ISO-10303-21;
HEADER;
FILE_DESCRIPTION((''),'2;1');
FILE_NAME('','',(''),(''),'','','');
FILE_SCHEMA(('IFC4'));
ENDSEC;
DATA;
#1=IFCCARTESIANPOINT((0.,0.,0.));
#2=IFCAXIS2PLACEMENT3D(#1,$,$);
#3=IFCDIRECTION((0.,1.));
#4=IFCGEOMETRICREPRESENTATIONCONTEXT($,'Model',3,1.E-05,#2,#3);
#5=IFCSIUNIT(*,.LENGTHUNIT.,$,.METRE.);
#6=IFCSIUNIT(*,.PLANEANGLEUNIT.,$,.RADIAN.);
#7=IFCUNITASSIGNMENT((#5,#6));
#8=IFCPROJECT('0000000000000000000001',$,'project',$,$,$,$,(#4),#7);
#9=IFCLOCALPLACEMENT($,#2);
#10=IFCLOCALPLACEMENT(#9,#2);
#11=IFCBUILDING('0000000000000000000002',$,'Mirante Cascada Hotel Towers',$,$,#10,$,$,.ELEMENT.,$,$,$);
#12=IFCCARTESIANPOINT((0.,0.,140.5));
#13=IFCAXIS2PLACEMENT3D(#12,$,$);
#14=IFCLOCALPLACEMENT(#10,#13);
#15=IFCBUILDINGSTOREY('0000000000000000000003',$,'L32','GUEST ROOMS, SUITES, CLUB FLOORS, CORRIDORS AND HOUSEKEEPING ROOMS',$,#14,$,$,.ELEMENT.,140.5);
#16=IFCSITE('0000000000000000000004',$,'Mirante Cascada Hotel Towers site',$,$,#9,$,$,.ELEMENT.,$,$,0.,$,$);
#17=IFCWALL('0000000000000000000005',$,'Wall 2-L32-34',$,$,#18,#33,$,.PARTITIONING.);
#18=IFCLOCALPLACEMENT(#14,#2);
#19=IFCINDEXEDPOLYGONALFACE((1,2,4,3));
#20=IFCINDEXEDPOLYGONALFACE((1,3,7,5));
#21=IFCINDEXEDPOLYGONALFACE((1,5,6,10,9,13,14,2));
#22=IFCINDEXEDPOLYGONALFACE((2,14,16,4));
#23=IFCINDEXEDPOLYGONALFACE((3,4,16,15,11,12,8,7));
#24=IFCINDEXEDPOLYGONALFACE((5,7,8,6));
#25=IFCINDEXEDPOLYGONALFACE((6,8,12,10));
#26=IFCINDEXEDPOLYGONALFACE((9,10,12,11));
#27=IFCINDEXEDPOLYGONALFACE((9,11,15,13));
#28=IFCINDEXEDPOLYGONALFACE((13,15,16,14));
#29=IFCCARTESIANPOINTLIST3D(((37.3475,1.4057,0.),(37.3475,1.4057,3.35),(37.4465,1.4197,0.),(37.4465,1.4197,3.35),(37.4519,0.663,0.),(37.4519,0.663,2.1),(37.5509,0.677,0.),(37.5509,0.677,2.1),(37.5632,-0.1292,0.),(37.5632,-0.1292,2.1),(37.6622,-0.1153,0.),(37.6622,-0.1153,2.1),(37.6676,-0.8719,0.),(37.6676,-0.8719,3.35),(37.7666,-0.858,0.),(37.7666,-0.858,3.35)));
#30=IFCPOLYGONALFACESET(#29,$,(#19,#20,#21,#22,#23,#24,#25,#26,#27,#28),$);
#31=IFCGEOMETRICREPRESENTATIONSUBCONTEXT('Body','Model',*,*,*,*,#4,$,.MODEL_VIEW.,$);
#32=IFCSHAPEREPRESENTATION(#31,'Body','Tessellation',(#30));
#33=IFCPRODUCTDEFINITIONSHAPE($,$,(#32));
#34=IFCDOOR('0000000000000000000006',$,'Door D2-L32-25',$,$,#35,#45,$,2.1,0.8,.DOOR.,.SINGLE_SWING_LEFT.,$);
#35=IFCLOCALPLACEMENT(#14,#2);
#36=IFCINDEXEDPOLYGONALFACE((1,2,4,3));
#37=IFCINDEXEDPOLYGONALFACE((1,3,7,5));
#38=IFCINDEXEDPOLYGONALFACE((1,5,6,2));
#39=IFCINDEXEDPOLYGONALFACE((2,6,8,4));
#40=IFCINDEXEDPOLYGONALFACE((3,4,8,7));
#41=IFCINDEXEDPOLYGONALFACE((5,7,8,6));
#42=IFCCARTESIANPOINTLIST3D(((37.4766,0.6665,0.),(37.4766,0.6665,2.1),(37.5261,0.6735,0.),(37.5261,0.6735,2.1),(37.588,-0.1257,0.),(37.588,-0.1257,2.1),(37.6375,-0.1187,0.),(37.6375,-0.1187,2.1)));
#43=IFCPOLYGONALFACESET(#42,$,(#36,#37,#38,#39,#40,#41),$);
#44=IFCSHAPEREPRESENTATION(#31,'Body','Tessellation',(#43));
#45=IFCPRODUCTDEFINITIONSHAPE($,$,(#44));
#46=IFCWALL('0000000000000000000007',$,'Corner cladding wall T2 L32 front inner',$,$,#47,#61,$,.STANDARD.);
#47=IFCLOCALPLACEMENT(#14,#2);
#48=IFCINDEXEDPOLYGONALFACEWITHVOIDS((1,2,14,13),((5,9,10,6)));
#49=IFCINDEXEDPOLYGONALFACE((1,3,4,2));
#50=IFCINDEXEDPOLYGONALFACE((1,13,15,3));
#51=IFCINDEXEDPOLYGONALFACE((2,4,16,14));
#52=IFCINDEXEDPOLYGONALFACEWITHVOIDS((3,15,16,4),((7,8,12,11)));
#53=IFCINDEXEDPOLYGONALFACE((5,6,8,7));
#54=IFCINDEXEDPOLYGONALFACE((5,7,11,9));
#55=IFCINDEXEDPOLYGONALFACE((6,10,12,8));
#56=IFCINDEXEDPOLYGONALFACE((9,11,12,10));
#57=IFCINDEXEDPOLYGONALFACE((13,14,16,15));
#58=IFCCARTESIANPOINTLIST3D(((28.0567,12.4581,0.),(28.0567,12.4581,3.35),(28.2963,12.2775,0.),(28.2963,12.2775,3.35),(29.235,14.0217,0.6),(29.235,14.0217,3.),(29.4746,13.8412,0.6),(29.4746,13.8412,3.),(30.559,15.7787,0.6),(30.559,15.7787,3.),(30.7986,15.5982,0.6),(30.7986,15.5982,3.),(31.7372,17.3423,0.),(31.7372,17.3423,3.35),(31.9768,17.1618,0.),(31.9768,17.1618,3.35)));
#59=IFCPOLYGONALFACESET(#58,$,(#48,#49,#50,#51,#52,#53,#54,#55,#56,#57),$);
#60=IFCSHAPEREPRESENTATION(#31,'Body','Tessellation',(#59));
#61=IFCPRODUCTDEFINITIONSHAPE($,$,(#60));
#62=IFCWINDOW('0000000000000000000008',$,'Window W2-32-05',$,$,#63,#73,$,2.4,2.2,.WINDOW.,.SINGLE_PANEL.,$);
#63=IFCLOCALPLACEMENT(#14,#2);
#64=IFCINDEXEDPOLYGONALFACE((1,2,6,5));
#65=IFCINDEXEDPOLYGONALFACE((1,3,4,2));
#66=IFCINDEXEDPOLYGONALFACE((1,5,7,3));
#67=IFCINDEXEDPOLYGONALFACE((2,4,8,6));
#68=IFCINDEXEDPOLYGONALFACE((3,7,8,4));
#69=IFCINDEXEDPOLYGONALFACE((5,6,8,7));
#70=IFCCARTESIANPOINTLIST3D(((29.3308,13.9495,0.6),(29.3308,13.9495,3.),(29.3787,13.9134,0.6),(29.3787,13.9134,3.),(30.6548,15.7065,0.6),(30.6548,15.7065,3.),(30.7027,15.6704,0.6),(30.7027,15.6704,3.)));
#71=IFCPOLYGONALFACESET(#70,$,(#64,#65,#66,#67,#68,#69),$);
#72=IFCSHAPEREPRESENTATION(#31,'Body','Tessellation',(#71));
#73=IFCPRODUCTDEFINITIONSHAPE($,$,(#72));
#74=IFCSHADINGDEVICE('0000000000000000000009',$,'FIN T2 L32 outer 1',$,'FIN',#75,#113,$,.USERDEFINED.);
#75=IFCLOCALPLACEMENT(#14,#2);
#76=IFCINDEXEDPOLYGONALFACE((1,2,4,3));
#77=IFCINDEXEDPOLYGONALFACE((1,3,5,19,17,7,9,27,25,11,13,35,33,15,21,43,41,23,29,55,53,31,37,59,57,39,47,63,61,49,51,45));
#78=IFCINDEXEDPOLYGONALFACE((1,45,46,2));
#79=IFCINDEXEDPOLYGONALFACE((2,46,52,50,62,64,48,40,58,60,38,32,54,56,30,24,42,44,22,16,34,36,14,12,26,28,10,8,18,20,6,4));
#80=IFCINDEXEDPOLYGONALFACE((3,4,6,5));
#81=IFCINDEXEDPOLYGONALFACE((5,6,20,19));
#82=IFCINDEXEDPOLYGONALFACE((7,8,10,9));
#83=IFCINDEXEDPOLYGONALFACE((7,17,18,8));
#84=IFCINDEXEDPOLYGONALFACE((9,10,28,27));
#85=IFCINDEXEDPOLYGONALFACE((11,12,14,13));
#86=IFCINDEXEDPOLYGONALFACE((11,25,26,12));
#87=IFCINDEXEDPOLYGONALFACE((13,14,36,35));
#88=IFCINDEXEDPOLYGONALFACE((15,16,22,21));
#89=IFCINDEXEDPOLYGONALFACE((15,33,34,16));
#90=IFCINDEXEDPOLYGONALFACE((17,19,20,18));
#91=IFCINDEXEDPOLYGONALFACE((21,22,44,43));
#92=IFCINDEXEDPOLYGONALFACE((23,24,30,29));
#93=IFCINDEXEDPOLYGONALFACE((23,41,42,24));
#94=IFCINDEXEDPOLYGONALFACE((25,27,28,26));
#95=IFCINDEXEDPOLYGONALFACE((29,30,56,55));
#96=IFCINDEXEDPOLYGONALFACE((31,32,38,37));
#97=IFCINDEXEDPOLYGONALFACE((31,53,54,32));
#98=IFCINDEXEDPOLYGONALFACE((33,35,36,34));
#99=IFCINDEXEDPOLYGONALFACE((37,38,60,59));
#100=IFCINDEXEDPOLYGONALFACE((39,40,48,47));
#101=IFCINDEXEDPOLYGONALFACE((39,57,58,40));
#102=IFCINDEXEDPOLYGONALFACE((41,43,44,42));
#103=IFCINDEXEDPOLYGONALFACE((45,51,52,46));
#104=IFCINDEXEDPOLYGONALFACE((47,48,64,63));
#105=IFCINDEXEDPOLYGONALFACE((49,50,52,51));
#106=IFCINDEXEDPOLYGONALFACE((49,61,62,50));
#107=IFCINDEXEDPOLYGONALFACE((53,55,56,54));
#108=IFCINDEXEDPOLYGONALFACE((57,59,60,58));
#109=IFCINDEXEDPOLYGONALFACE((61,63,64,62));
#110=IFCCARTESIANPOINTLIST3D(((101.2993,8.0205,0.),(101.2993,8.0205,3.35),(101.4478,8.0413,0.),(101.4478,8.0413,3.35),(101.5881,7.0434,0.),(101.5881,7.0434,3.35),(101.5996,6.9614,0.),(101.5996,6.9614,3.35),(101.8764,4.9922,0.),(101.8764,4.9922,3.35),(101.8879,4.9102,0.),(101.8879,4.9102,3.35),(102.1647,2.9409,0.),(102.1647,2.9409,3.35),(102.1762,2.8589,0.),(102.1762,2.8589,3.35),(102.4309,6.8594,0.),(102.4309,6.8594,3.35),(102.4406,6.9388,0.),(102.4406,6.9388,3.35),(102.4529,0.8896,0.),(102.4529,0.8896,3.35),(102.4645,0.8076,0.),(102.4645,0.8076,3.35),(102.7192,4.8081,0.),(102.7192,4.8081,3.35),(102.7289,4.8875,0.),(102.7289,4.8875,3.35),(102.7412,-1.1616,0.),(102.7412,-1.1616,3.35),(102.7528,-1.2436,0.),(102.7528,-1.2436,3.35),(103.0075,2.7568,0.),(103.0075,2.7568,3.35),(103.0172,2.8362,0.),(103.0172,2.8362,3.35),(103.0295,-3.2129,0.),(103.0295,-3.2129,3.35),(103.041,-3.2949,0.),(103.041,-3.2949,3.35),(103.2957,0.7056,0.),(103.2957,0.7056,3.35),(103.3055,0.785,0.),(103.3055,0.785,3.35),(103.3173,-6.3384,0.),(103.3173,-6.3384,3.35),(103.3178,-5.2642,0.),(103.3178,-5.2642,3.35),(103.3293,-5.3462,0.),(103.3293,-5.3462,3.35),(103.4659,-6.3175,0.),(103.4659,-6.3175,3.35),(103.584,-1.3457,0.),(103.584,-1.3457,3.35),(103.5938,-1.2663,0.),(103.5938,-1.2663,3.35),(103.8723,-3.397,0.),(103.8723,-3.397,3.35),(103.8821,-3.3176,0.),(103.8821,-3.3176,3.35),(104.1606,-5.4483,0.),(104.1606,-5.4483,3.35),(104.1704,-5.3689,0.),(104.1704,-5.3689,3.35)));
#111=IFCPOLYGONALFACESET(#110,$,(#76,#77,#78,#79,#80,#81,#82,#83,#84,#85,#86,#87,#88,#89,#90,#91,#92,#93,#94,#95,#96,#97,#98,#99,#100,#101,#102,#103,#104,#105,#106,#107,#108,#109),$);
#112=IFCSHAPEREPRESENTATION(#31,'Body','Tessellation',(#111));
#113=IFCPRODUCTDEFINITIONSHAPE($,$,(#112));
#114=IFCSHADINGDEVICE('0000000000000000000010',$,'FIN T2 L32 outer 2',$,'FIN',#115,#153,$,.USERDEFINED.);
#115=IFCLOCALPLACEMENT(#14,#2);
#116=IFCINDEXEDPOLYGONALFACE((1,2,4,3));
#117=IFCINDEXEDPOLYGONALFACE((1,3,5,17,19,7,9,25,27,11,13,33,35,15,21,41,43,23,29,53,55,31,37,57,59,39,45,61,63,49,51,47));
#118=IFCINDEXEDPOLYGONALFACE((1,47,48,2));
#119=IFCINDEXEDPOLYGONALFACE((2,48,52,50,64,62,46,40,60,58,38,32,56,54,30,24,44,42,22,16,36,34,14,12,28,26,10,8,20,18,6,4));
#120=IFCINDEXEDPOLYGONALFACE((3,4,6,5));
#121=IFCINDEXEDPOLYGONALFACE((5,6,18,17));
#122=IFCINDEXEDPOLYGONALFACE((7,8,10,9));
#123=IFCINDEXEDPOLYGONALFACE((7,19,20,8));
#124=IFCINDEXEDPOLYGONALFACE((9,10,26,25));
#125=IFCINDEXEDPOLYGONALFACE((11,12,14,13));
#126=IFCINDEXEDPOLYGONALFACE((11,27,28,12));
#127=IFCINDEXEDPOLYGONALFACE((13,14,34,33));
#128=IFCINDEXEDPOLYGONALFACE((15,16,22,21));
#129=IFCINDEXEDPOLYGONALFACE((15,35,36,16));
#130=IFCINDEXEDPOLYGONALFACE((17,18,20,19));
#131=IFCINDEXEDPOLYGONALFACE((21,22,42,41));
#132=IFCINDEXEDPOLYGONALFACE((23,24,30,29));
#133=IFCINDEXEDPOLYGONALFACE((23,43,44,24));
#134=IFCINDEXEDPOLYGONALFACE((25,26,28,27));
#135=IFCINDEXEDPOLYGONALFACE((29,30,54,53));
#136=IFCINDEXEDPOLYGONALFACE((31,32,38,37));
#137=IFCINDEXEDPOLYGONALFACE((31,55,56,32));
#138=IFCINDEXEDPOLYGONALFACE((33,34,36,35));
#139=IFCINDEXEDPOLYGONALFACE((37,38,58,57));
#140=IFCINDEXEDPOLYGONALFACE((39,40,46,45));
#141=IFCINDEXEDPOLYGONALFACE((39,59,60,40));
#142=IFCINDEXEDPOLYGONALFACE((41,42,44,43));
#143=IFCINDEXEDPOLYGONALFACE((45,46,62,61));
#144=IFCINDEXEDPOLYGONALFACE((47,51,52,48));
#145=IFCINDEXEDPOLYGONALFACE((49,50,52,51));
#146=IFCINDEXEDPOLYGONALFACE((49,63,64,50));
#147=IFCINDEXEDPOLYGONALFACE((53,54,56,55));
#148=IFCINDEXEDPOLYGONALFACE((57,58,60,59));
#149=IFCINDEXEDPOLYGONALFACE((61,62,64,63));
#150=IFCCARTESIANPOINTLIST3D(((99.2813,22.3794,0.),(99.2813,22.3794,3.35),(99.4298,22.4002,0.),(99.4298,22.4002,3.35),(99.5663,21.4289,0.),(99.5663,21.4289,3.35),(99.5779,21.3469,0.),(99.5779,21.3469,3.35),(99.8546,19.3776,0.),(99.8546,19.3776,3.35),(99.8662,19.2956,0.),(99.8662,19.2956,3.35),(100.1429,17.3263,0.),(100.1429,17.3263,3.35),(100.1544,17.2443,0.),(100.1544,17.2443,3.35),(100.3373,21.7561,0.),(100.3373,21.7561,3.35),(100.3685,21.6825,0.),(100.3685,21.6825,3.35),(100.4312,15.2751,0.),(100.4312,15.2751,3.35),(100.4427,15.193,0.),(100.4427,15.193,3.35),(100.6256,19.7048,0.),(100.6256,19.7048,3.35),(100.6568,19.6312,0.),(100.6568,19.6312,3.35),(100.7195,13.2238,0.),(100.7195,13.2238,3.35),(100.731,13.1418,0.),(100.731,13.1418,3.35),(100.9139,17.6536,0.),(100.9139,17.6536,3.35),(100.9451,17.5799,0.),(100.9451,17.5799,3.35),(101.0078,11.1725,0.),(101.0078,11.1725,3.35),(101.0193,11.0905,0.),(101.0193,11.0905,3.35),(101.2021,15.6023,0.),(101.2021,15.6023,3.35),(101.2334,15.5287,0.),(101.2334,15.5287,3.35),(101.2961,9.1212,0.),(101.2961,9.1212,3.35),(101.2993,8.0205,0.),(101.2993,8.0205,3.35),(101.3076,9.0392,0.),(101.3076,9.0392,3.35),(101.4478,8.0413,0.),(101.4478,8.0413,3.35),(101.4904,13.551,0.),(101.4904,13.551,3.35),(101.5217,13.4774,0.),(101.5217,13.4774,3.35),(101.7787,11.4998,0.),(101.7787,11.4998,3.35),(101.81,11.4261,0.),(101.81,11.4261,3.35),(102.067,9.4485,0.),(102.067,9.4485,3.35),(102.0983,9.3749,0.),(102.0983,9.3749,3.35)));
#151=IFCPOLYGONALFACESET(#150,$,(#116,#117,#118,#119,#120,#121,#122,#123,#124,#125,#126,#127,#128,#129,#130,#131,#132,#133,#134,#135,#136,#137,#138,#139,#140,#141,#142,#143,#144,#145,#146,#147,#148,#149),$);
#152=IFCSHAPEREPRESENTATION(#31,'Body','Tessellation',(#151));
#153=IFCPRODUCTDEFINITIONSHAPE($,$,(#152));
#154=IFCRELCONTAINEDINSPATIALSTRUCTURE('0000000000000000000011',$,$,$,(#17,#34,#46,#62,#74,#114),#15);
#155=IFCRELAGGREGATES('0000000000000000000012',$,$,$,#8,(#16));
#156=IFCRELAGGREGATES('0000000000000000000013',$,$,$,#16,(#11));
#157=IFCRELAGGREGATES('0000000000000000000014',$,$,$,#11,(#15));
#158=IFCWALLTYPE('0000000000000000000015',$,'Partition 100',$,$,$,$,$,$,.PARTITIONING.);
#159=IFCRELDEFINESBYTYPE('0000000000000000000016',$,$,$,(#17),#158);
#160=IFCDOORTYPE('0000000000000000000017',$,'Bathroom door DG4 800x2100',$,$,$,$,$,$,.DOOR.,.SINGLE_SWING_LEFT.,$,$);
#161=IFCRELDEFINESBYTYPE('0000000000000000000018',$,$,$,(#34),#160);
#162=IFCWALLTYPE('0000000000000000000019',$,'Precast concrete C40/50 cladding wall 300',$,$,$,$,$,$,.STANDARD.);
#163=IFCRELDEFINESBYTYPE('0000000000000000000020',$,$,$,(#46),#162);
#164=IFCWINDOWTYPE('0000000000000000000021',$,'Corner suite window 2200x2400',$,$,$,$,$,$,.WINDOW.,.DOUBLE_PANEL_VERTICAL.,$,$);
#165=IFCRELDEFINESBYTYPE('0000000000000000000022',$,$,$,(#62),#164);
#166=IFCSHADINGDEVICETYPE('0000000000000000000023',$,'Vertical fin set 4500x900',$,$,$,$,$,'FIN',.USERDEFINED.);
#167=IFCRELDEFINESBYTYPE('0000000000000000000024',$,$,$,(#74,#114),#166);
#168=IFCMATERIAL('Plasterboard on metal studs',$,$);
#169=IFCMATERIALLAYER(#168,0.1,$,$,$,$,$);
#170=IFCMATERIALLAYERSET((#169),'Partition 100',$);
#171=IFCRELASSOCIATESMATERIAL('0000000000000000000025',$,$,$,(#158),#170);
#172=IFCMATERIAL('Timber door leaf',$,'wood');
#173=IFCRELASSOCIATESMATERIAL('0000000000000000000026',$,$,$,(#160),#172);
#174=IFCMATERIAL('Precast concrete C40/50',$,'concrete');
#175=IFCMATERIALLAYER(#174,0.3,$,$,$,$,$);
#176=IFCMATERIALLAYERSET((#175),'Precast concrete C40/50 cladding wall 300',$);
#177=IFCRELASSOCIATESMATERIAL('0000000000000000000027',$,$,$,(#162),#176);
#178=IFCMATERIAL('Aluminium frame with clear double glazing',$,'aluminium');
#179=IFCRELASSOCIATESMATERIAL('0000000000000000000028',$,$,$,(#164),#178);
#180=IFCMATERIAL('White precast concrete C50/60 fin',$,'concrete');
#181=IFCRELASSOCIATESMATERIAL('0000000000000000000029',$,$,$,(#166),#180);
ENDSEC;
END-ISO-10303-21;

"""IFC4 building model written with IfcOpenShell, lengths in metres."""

from ifc_helpers import new_model, si_unit, direction, frame, frame_2d, origin, place, context, subcontext, project, spatial, polyline, rectangle, outline, extrude, material, layer, layer_set, type_object, element, fill, save


model = new_model("IFC4")

# Units and contexts
model_context = context("Model", 3, precision=1e-05, world=origin(), true_north=direction((0.0, 1.0)))
body_context = subcontext(model_context, "Body", "Model", "MODEL_VIEW")
ifc_project = project(units=[si_unit("LENGTHUNIT", "METRE"), si_unit("PLANEANGLEUNIT", "RADIAN")], contexts=[model_context])

# Site, building, storey
site_placement = place(None, origin())
site = spatial("IfcSite", under=ifc_project, at=site_placement, Name="Mirante Cascada Hotel Towers site", CompositionType="ELEMENT", RefElevation=0.0)
building_placement = place(site_placement, origin())
building = spatial("IfcBuilding", under=site, at=building_placement, Name="Mirante Cascada Hotel Towers", CompositionType="ELEMENT")
storey_placement = place(building_placement, frame((0.0, 0.0, 140.5)))
storey = spatial("IfcBuildingStorey", under=building, at=storey_placement, Name="L32", Description="GUEST ROOMS, SUITES, CLUB FLOORS, CORRIDORS AND HOUSEKEEPING ROOMS", CompositionType="ELEMENT", Elevation=140.5)

# Shared definitions
ifc_material_1 = material(Name="Plasterboard on metal studs")
ifc_layer_1 = layer(ifc_material_1, 0.1)
ifc_layer_set_1 = layer_set([ifc_layer_1], Name="Partition 100")
wall_type_1 = type_object("IfcWallType", Name="Partition 100", PredefinedType="PARTITIONING", material=ifc_layer_set_1)

# Wall, opening, door
wall_1_placement = place(storey_placement, frame((37.397, 1.4127, 0.0), z_axis=(0.0, 0.0, 1.0), x_axis=(0.139175, -0.990268, 0.0)))
wall_1 = element("IfcWall", 1, at=wall_1_placement, inside=storey, type_object=wall_type_1, Name="Wall 2-L32-34", PredefinedType="PARTITIONING", context=body_context, shape_type="SweptSolid", body=[
    extrude(rectangle(XDim=2.3, YDim=0.1, at=frame_2d((1.15, 0.0))), origin(), (0.0, 0.0, 1.0), 3.35),
])
opening_1_placement = place(wall_1_placement, frame((0.75, 0.0, 0.0)))
opening_1 = element("IfcOpeningElement", 2, at=opening_1_placement, cuts=wall_1, PredefinedType="OPENING", context=body_context, shape_type="SweptSolid", body=[
    extrude(rectangle(XDim=0.8, YDim=2.1, at=frame_2d((0.4, 1.05))), frame((0.0, 0.05, 0.0), z_axis=(0.0, -1.0, 0.0), x_axis=(1.0, 0.0, 0.0)), (0.0, 0.0, 1.0), 0.1),
])
ifc_material_2 = material(Name="Timber door leaf", Category="wood")
door_type_1 = type_object("IfcDoorType", Name="Bathroom door DG4 800x2100", OperationType="SINGLE_SWING_LEFT", PredefinedType="DOOR", material=ifc_material_2)
door_1_placement = place(opening_1_placement, origin())
door_1 = element("IfcDoor", 3, at=door_1_placement, inside=storey, type_object=door_type_1, Name="Door D2-L32-25", OperationType="SINGLE_SWING_LEFT", OverallHeight=2.1, OverallWidth=0.8, PredefinedType="DOOR", context=body_context, shape_type="SweptSolid", body=[
    extrude(rectangle(XDim=0.8, YDim=2.1, at=frame_2d((0.4, 1.05))), frame((0.0, 0.025, 0.0), z_axis=(0.0, -1.0, 0.0), x_axis=(1.0, 0.0, 0.0)), (0.0, 0.0, 1.0), 0.05),
])
fill(opening_1, door_1)

# Wall, opening, window
ifc_material_3 = material(Name="Precast concrete C40/50", Category="concrete")
ifc_layer_2 = layer(ifc_material_3, 0.3)
ifc_layer_set_2 = layer_set([ifc_layer_2], Name="Precast concrete C40/50 cladding wall 300")
wall_type_2 = type_object("IfcWallType", Name="Precast concrete C40/50 cladding wall 300", PredefinedType="STANDARD", material=ifc_layer_set_2)
wall_2_placement = place(storey_placement, frame((31.857, 17.252, 0.0), z_axis=(0.0, 0.0, 1.0), x_axis=(-0.601814, -0.798636, 0.0)))
wall_2 = element("IfcWall", 4, at=wall_2_placement, inside=storey, type_object=wall_type_2, Name="Corner cladding wall T2 L32 front inner", PredefinedType="STANDARD", context=body_context, shape_type="SweptSolid", body=[
    extrude(rectangle(XDim=6.1157, YDim=0.3, at=frame_2d((3.0578, 0.0))), origin(), (0.0, 0.0, 1.0), 3.35),
])
opening_2_placement = place(wall_2_placement, frame((1.9578, 0.0, 0.6)))
opening_2 = element("IfcOpeningElement", 5, at=opening_2_placement, cuts=wall_2, PredefinedType="OPENING", context=body_context, shape_type="SweptSolid", body=[
    extrude(rectangle(XDim=2.2, YDim=2.4, at=frame_2d((1.1, 1.2))), frame((0.0, 0.15, 0.0), z_axis=(0.0, -1.0, 0.0), x_axis=(1.0, 0.0, 0.0)), (0.0, 0.0, 1.0), 0.3),
])
ifc_material_4 = material(Name="Aluminium frame with clear double glazing", Category="aluminium")
window_type = type_object("IfcWindowType", Name="Corner suite window 2200x2400", PartitioningType="DOUBLE_PANEL_VERTICAL", PredefinedType="WINDOW", material=ifc_material_4)
window_placement = place(opening_2_placement, origin())
window = element("IfcWindow", 6, at=window_placement, inside=storey, type_object=window_type, Name="Window W2-32-05", OverallHeight=2.4, OverallWidth=2.2, PartitioningType="SINGLE_PANEL", PredefinedType="WINDOW", context=body_context, shape_type="SweptSolid", body=[
    extrude(rectangle(XDim=2.2, YDim=2.4, at=frame_2d((1.1, 1.2))), frame((0.0, 0.03, 0.0), z_axis=(0.0, -1.0, 0.0), x_axis=(1.0, 0.0, 0.0)), (0.0, 0.0, 1.0), 0.06),
])
fill(opening_2, window)

# Shading devices
ifc_material_5 = material(Name="White precast concrete C50/60 fin", Category="concrete")
shading_device_type = type_object("IfcShadingDeviceType", Name="Vertical fin set 4500x900", ElementType="FIN", PredefinedType="USERDEFINED", material=ifc_material_5)
shading_device_1_placement = place(storey_placement, origin())
element("IfcShadingDevice", 7, at=shading_device_1_placement, inside=storey, type_object=shading_device_type, Name="FIN T2 L32 outer 1", ObjectType="FIN", PredefinedType="USERDEFINED", context=body_context, shape_type="SweptSolid", body=[
    extrude(outline(polyline([(104.1606, -5.4483), (103.3293, -5.3462), (103.4659, -6.3175), (103.3173, -6.3384), (101.2993, 8.0205), (101.4478, 8.0413), (101.5881, 7.0434), (102.4406, 6.9388), (102.4309, 6.8594), (101.5996, 6.9614), (101.8764, 4.9922), (102.7289, 4.8875), (102.7192, 4.8081), (101.8879, 4.9102), (102.1647, 2.9409), (103.0172, 2.8362), (103.0075, 2.7568), (102.1762, 2.8589), (102.4529, 0.8896), (103.3055, 0.785), (103.2957, 0.7056), (102.4645, 0.8076), (102.7412, -1.1616), (103.5938, -1.2663), (103.584, -1.3457), (102.7528, -1.2436), (103.0295, -3.2129), (103.8821, -3.3176), (103.8723, -3.397), (103.041, -3.2949), (103.3178, -5.2642), (104.1704, -5.3689), (104.1606, -5.4483)])), origin(), (0.0, 0.0, 1.0), 3.35),
])
shading_device_2_placement = place(storey_placement, origin())
element("IfcShadingDevice", 8, at=shading_device_2_placement, inside=storey, type_object=shading_device_type, Name="FIN T2 L32 outer 2", ObjectType="FIN", PredefinedType="USERDEFINED", context=body_context, shape_type="SweptSolid", body=[
    extrude(outline(polyline([(102.0983, 9.3749), (101.3076, 9.0392), (101.4478, 8.0413), (101.2993, 8.0205), (99.2813, 22.3794), (99.4298, 22.4002), (99.5663, 21.4289), (100.3373, 21.7561), (100.3685, 21.6825), (99.5779, 21.3469), (99.8546, 19.3776), (100.6256, 19.7048), (100.6568, 19.6312), (99.8662, 19.2956), (100.1429, 17.3263), (100.9139, 17.6536), (100.9451, 17.5799), (100.1544, 17.2443), (100.4312, 15.2751), (101.2021, 15.6023), (101.2334, 15.5287), (100.4427, 15.193), (100.7195, 13.2238), (101.4904, 13.551), (101.5217, 13.4774), (100.731, 13.1418), (101.0078, 11.1725), (101.7787, 11.4998), (101.81, 11.4261), (101.0193, 11.0905), (101.2961, 9.1212), (102.067, 9.4485), (102.0983, 9.3749)])), origin(), (0.0, 0.0, 1.0), 3.35),
])

save(model, "model.ifc")
